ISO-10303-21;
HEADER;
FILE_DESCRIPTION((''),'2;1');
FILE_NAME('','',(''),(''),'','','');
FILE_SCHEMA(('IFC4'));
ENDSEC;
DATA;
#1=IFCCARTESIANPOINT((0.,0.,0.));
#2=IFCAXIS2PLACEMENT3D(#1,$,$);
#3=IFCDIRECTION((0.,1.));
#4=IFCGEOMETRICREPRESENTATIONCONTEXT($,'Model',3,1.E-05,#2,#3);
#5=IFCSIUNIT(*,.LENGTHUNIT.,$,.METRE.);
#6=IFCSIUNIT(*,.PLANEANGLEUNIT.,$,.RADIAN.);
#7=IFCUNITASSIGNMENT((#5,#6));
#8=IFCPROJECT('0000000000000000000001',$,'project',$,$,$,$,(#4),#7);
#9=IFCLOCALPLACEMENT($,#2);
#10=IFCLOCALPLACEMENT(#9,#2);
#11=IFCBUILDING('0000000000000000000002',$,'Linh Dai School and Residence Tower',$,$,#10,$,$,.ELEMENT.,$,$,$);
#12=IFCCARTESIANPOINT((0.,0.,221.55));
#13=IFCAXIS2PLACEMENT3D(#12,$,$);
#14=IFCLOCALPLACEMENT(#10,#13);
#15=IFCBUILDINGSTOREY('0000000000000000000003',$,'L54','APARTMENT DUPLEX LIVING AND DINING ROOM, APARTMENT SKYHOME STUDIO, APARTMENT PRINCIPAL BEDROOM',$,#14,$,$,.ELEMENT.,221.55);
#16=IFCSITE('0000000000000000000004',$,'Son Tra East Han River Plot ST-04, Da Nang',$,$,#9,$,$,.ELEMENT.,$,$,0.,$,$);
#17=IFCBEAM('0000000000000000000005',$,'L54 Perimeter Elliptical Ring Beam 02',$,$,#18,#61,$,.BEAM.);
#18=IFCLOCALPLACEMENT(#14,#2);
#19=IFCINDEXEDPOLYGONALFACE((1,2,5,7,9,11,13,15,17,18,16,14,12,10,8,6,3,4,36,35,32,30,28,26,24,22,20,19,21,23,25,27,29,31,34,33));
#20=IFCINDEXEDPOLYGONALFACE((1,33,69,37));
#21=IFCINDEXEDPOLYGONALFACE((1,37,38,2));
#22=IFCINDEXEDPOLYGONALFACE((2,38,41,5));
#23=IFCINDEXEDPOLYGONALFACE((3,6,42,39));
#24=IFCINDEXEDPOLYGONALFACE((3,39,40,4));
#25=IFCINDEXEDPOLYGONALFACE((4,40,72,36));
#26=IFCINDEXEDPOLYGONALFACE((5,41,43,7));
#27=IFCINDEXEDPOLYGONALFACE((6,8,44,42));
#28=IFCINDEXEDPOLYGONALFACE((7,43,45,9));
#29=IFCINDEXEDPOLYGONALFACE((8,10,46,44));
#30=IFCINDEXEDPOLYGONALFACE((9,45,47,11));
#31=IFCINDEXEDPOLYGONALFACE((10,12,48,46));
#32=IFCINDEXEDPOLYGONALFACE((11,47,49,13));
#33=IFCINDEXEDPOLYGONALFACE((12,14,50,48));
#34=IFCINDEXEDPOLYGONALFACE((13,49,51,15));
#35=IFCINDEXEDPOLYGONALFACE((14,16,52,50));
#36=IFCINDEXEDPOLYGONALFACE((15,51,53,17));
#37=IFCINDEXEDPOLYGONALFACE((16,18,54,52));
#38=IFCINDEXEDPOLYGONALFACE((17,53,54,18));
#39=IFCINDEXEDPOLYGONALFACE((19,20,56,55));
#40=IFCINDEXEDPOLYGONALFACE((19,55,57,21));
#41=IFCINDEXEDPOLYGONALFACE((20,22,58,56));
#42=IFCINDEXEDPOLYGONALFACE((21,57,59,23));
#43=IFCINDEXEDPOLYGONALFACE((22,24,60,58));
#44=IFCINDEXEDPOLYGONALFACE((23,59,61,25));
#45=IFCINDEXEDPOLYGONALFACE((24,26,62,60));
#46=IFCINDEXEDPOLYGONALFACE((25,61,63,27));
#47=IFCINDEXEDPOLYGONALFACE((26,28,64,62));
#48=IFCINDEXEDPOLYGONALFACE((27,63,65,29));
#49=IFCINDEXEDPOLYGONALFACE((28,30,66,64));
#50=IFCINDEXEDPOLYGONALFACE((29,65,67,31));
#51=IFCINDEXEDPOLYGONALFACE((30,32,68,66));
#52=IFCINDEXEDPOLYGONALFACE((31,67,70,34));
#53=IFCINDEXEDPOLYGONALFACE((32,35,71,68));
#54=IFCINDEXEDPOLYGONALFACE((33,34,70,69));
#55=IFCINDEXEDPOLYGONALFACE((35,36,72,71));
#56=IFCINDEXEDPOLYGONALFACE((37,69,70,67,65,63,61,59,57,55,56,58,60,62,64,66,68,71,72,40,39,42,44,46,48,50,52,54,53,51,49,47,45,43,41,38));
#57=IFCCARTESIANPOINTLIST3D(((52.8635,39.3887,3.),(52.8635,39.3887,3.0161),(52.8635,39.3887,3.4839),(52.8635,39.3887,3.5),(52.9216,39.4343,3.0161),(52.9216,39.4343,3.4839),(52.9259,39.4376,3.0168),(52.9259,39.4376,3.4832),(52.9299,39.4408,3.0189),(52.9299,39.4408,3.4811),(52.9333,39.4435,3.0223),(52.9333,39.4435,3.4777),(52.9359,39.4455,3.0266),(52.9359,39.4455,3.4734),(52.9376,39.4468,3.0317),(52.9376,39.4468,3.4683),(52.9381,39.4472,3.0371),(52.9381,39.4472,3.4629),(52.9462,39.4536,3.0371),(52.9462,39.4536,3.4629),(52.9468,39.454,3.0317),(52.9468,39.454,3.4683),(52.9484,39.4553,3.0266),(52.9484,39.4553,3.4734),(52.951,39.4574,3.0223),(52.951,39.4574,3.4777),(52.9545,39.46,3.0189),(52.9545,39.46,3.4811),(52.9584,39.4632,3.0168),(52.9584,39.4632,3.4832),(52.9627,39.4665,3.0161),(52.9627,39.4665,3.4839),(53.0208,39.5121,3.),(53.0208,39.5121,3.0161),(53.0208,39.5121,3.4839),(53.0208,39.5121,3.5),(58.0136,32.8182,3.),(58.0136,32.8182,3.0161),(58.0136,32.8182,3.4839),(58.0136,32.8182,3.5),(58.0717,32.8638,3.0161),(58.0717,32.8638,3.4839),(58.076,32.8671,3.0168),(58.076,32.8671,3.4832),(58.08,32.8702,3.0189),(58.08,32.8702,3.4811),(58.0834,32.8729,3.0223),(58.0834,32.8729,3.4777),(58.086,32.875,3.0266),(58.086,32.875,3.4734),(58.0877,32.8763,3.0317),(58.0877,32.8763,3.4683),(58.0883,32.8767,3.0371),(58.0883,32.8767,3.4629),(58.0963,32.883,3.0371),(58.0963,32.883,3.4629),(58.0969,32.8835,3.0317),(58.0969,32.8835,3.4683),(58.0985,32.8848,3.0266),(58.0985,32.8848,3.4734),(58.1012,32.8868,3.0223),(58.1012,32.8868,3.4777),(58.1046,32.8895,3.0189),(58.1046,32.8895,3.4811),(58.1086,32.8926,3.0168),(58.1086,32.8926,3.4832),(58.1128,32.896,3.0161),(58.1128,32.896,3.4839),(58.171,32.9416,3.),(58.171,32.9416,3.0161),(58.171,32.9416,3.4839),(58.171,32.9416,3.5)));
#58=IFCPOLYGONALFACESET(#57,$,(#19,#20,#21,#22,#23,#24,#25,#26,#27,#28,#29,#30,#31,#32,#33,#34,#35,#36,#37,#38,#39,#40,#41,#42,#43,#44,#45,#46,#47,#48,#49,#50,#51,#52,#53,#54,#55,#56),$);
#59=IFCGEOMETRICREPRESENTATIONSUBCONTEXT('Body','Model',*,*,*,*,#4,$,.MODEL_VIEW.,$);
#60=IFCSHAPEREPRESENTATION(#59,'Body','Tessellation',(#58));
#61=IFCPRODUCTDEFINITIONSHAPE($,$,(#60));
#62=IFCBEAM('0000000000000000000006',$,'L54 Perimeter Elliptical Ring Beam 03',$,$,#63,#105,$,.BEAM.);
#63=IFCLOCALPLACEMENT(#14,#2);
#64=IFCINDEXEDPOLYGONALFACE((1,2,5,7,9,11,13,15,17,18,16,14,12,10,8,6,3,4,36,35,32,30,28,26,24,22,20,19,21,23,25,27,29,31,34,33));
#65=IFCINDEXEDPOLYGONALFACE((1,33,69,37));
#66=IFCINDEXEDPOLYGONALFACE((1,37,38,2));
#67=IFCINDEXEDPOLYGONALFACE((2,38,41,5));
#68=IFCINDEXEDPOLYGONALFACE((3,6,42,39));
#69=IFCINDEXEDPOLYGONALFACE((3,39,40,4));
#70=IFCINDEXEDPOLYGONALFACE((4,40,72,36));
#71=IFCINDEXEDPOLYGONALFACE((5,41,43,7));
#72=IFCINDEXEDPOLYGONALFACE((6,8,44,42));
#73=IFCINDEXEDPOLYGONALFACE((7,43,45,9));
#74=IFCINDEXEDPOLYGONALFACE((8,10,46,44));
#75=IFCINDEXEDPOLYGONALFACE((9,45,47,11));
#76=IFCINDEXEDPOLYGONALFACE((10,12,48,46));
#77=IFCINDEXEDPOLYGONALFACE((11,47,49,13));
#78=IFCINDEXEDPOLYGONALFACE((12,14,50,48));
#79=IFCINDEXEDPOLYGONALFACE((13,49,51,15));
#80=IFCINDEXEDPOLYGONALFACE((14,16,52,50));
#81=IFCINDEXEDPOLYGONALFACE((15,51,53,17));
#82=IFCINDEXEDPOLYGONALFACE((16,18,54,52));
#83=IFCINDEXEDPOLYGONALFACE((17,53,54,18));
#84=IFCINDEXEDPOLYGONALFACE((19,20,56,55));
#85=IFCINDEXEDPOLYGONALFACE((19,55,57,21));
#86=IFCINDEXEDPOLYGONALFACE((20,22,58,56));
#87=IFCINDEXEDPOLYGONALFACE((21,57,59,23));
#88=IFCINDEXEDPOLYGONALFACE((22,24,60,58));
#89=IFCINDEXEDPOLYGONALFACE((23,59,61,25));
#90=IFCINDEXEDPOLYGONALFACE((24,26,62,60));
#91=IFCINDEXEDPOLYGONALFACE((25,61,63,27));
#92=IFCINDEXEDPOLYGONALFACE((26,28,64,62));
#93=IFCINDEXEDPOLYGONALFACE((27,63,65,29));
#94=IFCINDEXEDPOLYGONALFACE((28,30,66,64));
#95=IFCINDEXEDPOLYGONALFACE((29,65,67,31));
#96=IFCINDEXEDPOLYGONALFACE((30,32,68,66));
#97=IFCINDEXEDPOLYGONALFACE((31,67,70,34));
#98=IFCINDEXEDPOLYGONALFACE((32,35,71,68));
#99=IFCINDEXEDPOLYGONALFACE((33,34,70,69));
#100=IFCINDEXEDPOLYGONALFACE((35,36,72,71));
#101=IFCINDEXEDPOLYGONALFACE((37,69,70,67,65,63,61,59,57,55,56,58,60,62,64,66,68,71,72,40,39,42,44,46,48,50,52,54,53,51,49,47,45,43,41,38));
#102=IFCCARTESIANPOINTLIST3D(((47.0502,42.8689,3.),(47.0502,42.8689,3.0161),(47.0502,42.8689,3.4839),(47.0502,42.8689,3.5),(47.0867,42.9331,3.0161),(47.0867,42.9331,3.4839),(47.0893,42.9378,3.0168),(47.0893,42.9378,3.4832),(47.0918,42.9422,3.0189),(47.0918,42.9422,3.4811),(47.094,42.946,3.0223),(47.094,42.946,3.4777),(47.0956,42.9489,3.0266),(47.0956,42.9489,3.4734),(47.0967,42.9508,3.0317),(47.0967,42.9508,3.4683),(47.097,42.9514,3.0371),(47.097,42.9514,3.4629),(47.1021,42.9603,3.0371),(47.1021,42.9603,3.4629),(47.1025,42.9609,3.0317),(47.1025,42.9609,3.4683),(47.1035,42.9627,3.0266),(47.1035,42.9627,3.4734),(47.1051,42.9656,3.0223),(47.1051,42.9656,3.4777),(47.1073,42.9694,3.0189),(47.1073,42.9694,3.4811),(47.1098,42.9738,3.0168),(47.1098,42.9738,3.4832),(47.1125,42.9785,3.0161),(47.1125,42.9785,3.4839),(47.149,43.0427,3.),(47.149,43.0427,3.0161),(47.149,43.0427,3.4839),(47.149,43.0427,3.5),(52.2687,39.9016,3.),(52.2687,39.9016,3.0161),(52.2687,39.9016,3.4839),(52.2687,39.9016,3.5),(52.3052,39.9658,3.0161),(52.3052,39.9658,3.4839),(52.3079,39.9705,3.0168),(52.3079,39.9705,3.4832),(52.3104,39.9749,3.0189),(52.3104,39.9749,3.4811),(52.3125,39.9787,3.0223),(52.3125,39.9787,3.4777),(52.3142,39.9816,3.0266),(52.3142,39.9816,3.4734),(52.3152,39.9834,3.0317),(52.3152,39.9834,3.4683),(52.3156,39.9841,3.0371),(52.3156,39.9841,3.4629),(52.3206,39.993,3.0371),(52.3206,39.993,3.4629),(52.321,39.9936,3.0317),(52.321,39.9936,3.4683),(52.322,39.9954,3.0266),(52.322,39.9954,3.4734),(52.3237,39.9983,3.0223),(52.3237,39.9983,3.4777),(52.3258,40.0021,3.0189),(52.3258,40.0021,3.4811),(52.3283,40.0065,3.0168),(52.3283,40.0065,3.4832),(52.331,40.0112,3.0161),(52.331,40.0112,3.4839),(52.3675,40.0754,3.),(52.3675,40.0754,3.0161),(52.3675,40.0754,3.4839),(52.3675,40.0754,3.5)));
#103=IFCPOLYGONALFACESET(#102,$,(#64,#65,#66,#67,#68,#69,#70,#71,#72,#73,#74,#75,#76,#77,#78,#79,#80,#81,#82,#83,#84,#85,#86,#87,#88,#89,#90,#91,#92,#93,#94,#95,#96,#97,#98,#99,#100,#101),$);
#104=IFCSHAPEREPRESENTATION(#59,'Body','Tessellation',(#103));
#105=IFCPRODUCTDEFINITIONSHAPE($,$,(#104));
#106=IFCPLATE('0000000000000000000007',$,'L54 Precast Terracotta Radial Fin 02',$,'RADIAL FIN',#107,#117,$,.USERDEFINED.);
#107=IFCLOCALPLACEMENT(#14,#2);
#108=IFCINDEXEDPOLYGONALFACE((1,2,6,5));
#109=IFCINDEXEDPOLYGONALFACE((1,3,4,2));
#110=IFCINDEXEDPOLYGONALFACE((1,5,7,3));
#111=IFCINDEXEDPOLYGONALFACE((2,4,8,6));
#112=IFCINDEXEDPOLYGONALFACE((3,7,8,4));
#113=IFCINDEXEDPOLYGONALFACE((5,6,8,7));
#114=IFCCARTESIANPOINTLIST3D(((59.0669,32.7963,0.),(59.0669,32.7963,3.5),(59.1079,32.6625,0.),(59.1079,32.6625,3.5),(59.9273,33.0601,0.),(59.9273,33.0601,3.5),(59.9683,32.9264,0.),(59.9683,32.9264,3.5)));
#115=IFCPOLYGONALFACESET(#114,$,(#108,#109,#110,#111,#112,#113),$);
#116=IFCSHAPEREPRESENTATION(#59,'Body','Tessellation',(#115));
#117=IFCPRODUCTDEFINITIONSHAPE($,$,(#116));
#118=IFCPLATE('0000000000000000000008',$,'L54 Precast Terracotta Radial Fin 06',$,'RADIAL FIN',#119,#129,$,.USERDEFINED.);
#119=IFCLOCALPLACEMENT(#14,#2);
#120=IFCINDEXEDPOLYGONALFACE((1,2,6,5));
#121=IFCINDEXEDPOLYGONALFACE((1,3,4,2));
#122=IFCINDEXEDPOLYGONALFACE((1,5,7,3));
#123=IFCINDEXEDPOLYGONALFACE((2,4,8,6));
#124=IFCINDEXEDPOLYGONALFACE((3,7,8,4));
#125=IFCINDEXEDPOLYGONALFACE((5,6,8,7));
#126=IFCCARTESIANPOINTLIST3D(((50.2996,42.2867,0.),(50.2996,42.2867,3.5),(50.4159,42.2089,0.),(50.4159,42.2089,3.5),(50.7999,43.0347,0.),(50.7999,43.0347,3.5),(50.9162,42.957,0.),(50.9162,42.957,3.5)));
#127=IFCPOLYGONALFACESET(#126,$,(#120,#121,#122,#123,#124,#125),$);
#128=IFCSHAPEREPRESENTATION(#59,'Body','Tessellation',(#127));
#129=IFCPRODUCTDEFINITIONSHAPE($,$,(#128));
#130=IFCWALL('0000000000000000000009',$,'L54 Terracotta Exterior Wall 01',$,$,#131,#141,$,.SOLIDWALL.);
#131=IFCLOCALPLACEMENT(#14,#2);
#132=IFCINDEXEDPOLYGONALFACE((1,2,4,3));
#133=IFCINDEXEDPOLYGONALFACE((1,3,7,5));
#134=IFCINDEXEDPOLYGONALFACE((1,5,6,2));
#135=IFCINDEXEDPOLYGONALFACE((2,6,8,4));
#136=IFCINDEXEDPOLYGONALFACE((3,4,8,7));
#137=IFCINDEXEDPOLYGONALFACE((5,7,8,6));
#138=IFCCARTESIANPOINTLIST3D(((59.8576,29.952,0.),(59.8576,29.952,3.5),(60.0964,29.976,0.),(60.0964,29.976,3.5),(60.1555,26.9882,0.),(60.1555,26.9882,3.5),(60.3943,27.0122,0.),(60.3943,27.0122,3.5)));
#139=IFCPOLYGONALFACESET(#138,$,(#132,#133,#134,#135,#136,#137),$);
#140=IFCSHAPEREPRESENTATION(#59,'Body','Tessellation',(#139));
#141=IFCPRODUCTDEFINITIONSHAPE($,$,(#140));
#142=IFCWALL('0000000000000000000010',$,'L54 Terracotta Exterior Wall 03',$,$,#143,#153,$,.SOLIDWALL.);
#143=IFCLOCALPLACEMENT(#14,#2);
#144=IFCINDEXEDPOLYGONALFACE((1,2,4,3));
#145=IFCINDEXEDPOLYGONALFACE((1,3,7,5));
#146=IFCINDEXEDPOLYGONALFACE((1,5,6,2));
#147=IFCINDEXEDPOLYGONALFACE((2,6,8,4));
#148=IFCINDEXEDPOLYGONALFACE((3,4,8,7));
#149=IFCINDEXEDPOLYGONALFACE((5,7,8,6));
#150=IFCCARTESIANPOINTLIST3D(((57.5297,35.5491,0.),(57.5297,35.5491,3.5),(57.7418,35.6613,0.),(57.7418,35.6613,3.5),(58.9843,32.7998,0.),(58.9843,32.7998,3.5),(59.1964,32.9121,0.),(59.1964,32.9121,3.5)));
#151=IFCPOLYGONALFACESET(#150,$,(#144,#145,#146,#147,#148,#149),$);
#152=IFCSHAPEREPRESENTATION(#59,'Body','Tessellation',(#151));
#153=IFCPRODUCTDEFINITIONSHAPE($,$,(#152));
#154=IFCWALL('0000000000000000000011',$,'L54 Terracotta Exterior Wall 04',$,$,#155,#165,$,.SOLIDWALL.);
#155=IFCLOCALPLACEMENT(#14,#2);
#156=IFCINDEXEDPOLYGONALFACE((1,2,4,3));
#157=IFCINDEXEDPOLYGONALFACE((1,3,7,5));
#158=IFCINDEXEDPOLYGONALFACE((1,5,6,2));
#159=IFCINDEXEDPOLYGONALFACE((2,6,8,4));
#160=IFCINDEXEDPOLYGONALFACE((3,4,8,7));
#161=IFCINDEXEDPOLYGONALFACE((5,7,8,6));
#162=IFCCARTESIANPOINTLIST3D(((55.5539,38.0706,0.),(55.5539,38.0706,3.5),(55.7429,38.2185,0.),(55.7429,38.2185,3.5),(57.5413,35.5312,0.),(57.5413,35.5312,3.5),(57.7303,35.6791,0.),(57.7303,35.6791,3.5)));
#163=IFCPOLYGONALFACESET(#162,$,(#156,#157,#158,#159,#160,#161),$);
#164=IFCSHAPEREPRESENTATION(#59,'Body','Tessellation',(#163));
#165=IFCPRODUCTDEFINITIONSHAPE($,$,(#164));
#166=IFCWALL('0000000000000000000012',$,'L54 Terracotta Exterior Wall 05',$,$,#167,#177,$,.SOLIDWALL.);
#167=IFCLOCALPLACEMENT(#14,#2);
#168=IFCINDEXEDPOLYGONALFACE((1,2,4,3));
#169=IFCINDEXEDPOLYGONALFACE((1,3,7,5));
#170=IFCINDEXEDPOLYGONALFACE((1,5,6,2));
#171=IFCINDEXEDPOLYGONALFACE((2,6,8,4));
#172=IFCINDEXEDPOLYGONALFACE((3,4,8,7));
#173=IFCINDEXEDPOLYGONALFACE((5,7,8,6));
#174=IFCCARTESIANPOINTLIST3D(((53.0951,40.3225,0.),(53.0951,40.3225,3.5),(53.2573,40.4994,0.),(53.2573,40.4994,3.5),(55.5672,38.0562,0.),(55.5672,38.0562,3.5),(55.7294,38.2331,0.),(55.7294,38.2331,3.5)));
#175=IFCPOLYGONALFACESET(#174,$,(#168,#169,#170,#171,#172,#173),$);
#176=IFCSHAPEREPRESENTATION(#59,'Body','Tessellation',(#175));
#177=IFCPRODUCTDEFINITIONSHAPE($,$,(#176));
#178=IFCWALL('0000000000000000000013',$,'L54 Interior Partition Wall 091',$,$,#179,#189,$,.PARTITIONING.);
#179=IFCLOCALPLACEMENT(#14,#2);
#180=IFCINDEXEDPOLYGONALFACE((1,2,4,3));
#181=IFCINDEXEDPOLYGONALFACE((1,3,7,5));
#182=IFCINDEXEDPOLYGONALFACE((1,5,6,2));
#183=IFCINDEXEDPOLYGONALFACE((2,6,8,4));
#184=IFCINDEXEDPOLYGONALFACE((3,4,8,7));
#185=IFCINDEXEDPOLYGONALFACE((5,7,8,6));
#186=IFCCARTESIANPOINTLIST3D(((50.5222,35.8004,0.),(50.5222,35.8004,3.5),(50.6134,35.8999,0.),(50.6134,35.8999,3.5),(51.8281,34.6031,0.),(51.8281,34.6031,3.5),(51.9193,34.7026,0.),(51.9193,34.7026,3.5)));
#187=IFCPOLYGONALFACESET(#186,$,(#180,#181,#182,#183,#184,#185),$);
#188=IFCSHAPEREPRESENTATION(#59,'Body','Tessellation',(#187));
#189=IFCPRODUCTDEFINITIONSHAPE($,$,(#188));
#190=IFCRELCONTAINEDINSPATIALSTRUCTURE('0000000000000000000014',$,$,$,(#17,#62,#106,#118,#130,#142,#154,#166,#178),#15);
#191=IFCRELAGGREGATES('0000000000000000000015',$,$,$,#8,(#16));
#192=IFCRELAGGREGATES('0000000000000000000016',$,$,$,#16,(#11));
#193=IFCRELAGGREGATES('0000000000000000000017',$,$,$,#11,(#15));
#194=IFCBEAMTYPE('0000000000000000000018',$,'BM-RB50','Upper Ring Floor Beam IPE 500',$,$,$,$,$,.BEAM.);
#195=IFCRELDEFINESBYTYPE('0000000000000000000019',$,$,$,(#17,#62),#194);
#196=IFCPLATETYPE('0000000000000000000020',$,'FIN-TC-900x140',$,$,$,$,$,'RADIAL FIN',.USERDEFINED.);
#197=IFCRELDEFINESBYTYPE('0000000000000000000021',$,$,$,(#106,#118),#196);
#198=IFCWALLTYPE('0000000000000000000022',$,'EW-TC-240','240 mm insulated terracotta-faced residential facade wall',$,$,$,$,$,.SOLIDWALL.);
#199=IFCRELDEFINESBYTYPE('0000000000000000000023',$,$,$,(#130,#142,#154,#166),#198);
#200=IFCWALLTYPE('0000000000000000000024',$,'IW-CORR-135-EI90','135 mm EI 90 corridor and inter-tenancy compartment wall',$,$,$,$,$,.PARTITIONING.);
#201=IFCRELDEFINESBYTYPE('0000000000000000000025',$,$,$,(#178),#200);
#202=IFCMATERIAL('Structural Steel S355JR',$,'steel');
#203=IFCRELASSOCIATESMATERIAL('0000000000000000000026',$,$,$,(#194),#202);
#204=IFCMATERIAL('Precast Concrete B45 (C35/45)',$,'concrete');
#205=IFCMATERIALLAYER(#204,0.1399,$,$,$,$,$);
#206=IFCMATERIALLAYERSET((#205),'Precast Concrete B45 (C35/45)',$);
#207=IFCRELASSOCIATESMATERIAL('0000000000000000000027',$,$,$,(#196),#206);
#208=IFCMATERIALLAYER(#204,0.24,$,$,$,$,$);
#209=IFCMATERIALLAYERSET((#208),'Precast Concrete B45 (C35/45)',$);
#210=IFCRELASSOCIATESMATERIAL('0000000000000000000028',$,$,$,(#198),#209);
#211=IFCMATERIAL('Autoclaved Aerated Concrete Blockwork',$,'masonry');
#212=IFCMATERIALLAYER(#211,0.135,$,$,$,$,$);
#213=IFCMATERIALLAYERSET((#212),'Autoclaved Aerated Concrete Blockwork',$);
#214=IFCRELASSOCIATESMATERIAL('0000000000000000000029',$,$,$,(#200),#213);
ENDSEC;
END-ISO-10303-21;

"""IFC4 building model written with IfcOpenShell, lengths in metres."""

from ifc_helpers import new_model, si_unit, direction, frame, frame_2d, origin, origin_2d, place, context, subcontext, project, spatial, rectangle, i_section, extrude, source, transform, mapped, material, layer, layer_set, material_profile, profile_set, type_object, element, save


model = new_model("IFC4")

# Units and contexts
model_context = context("Model", 3, precision=1e-05, world=origin(), true_north=direction((0.0, 1.0)))
body_context = subcontext(model_context, "Body", "Model", "MODEL_VIEW")
ifc_project = project(units=[si_unit("LENGTHUNIT", "METRE"), si_unit("PLANEANGLEUNIT", "RADIAN")], contexts=[model_context])

# Site, building, storey
site_placement = place(None, origin())
site = spatial("IfcSite", under=ifc_project, at=site_placement, Name="Son Tra East Han River Plot ST-04, Da Nang", CompositionType="ELEMENT", RefElevation=0.0)
building_placement = place(site_placement, origin())
building = spatial("IfcBuilding", under=site, at=building_placement, Name="Linh Dai School and Residence Tower", CompositionType="ELEMENT")
storey_placement = place(building_placement, frame((0.0, 0.0, 221.55)))
storey = spatial("IfcBuildingStorey", under=building, at=storey_placement, Name="L54", Description="APARTMENT DUPLEX LIVING AND DINING ROOM, APARTMENT SKYHOME STUDIO, APARTMENT PRINCIPAL BEDROOM", CompositionType="ELEMENT", Elevation=221.55)

# Shared definitions
ifc_material_1 = material(Name="Structural Steel S355JR", Category="steel")

# Beams
ifc_material_profile_1 = material_profile(ifc_material_1, i_section(OverallWidth=0.2, OverallDepth=0.5, WebThickness=0.0103, FlangeThickness=0.0161, FilletRadius=0.021, at=origin_2d()), Name="IPE 500")
ifc_profile_set_1 = profile_set([ifc_material_profile_1], Name="Structural Steel S355JR")
beam_type = type_object("IfcBeamType", Name="BM-RB50", Description="Upper Ring Floor Beam IPE 500", PredefinedType="BEAM", material=ifc_profile_set_1)
beam_1_placement = place(storey_placement, frame((58.0923, 32.8799, 3.25), z_axis=(-0.6169, 0.787041, 0.0), x_axis=(-0.787041, -0.6169, 0.0)))
element("IfcBeam", 1, at=beam_1_placement, inside=storey, type_object=beam_type, Name="L54 Perimeter Elliptical Ring Beam 02", PredefinedType="BEAM", context=body_context, shape_type="SweptSolid", body=[
    extrude(i_section(OverallWidth=0.2, OverallDepth=0.5, WebThickness=0.0103, FlangeThickness=0.0161, FilletRadius=0.021, at=origin_2d()), origin(), (0.0, 0.0, 1.0), 8.3484),
])
beam_2_placement = place(storey_placement, frame((52.3181, 39.9885, 3.25), z_axis=(-0.869297, 0.49429, 0.0), x_axis=(-0.49429, -0.869297, 0.0)))
element("IfcBeam", 2, at=beam_2_placement, inside=storey, type_object=beam_type, Name="L54 Perimeter Elliptical Ring Beam 03", PredefinedType="BEAM", context=body_context, shape_type="SweptSolid", body=[
    extrude(i_section(OverallWidth=0.2, OverallDepth=0.5, WebThickness=0.0103, FlangeThickness=0.0161, FilletRadius=0.021, at=origin_2d()), origin(), (0.0, 0.0, 1.0), 6.0032),
])

# Plates
ifc_material_2 = material(Name="Precast Concrete B45 (C35/45)", Category="concrete")
ifc_layer_1 = layer(ifc_material_2, 0.1399)
ifc_layer_set_1 = layer_set([ifc_layer_1], Name="Precast Concrete B45 (C35/45)")
plate_type = type_object("IfcPlateType", Name="FIN-TC-900x140", ElementType="RADIAL FIN", PredefinedType="USERDEFINED", material=ifc_layer_set_1)
shared_shape_1 = source(origin(), body_context, "Body", "SweptSolid", [
    extrude(rectangle(XDim=0.8999, YDim=0.1399, at=origin_2d()), origin(), (0.0, 0.0, 1.0), 3.5),
])
for number, where, z_axis, x_axis, name in (
    (3, (59.5176, 32.8613, 0.0), (0.0, 0.0, 1.0), (0.956064, 0.293157, 0.0), "L54 Precast Terracotta Radial Fin 02"),
    (4, (50.6079, 42.6218, 0.0), (0.0, 0.0, 1.0), (0.555887, 0.831258, 0.0), "L54 Precast Terracotta Radial Fin 06"),
):
    element("IfcPlate", number, at=place(storey_placement, frame(where, z_axis=z_axis, x_axis=x_axis)), inside=storey, type_object=plate_type, Name=name, ObjectType="RADIAL FIN", PredefinedType="USERDEFINED", context=body_context, shape_type="MappedRepresentation", body=[
        mapped(shared_shape_1, transform((0.0, 0.0, 0.0), x_axis=(1.0, 0.0, 0.0), y_axis=(0.0, 1.0, 0.0), z_axis=(0.0, 0.0, 1.0), scale=1.0)),
    ])

# Wall
ifc_layer_2 = layer(ifc_material_2, 0.24)
ifc_layer_set_2 = layer_set([ifc_layer_2], Name="Precast Concrete B45 (C35/45)")
wall_type_1 = type_object("IfcWallType", Name="EW-TC-240", Description="240 mm insulated terracotta-faced residential facade wall", PredefinedType="SOLIDWALL", material=ifc_layer_set_2)
wall_1_placement = place(storey_placement, frame((59.9771, 29.9639, 0.0), z_axis=(0.0, 0.0, 1.0), x_axis=(0.099991, -0.994988, 0.0)))
element("IfcWall", 5, at=wall_1_placement, inside=storey, type_object=wall_type_1, Name="L54 Terracotta Exterior Wall 01", PredefinedType="SOLIDWALL", context=body_context, shape_type="SweptSolid", body=[
    extrude(rectangle(XDim=2.9788, YDim=0.24, at=frame_2d((1.4893, 0.0))), origin(), (0.0, 0.0, 1.0), 3.5),
])

# Walls
wall_2_placement = place(storey_placement, frame((57.6357, 35.6052, 0.0), z_axis=(0.0, 0.0, 1.0), x_axis=(0.46766, -0.883908, 0.0)))
element("IfcWall", 6, at=wall_2_placement, inside=storey, type_object=wall_type_1, Name="L54 Terracotta Exterior Wall 03", PredefinedType="SOLIDWALL", context=body_context, shape_type="SweptSolid", body=[
    extrude(rectangle(XDim=3.1104, YDim=0.24, at=frame_2d((1.5552, 0.0))), origin(), (0.0, 0.0, 1.0), 3.5),
])
wall_3_placement = place(storey_placement, frame((55.6484, 38.1445, 0.0), z_axis=(0.0, 0.0, 1.0), x_axis=(0.616312, -0.787502, 0.0)))
element("IfcWall", 7, at=wall_3_placement, inside=storey, type_object=wall_type_1, Name="L54 Terracotta Exterior Wall 04", PredefinedType="SOLIDWALL", context=body_context, shape_type="SweptSolid", body=[
    extrude(rectangle(XDim=3.2246, YDim=0.24, at=frame_2d((1.6123, 0.0))), origin(), (0.0, 0.0, 1.0), 3.5),
])
wall_4_placement = place(storey_placement, frame((53.1763, 40.4109, 0.0), z_axis=(0.0, 0.0, 1.0), x_axis=(0.737124, -0.675758, 0.0)))
element("IfcWall", 8, at=wall_4_placement, inside=storey, type_object=wall_type_1, Name="L54 Terracotta Exterior Wall 05", PredefinedType="SOLIDWALL", context=body_context, shape_type="SweptSolid", body=[
    extrude(rectangle(XDim=3.3538, YDim=0.24, at=frame_2d((1.6768, 0.0))), origin(), (0.0, 0.0, 1.0), 3.5),
])
ifc_material_3 = material(Name="Autoclaved Aerated Concrete Blockwork", Category="masonry")
ifc_layer_3 = layer(ifc_material_3, 0.135)
ifc_layer_set_3 = layer_set([ifc_layer_3], Name="Autoclaved Aerated Concrete Blockwork")
wall_type_2 = type_object("IfcWallType", Name="IW-CORR-135-EI90", Description="135 mm EI 90 corridor and inter-tenancy compartment wall", PredefinedType="PARTITIONING", material=ifc_layer_set_3)
wall_5_placement = place(storey_placement, frame((50.5679, 35.8501, 0.0), z_axis=(0.0, 0.0, 1.0), x_axis=(0.737103, -0.675781, 0.0)))
element("IfcWall", 9, at=wall_5_placement, inside=storey, type_object=wall_type_2, Name="L54 Interior Partition Wall 091", PredefinedType="PARTITIONING", context=body_context, shape_type="SweptSolid", body=[
    extrude(rectangle(XDim=1.7717, YDim=0.135, at=frame_2d((0.8857, 0.0))), origin(), (0.0, 0.0, 1.0), 3.5),
])

save(model, "model.ifc")
